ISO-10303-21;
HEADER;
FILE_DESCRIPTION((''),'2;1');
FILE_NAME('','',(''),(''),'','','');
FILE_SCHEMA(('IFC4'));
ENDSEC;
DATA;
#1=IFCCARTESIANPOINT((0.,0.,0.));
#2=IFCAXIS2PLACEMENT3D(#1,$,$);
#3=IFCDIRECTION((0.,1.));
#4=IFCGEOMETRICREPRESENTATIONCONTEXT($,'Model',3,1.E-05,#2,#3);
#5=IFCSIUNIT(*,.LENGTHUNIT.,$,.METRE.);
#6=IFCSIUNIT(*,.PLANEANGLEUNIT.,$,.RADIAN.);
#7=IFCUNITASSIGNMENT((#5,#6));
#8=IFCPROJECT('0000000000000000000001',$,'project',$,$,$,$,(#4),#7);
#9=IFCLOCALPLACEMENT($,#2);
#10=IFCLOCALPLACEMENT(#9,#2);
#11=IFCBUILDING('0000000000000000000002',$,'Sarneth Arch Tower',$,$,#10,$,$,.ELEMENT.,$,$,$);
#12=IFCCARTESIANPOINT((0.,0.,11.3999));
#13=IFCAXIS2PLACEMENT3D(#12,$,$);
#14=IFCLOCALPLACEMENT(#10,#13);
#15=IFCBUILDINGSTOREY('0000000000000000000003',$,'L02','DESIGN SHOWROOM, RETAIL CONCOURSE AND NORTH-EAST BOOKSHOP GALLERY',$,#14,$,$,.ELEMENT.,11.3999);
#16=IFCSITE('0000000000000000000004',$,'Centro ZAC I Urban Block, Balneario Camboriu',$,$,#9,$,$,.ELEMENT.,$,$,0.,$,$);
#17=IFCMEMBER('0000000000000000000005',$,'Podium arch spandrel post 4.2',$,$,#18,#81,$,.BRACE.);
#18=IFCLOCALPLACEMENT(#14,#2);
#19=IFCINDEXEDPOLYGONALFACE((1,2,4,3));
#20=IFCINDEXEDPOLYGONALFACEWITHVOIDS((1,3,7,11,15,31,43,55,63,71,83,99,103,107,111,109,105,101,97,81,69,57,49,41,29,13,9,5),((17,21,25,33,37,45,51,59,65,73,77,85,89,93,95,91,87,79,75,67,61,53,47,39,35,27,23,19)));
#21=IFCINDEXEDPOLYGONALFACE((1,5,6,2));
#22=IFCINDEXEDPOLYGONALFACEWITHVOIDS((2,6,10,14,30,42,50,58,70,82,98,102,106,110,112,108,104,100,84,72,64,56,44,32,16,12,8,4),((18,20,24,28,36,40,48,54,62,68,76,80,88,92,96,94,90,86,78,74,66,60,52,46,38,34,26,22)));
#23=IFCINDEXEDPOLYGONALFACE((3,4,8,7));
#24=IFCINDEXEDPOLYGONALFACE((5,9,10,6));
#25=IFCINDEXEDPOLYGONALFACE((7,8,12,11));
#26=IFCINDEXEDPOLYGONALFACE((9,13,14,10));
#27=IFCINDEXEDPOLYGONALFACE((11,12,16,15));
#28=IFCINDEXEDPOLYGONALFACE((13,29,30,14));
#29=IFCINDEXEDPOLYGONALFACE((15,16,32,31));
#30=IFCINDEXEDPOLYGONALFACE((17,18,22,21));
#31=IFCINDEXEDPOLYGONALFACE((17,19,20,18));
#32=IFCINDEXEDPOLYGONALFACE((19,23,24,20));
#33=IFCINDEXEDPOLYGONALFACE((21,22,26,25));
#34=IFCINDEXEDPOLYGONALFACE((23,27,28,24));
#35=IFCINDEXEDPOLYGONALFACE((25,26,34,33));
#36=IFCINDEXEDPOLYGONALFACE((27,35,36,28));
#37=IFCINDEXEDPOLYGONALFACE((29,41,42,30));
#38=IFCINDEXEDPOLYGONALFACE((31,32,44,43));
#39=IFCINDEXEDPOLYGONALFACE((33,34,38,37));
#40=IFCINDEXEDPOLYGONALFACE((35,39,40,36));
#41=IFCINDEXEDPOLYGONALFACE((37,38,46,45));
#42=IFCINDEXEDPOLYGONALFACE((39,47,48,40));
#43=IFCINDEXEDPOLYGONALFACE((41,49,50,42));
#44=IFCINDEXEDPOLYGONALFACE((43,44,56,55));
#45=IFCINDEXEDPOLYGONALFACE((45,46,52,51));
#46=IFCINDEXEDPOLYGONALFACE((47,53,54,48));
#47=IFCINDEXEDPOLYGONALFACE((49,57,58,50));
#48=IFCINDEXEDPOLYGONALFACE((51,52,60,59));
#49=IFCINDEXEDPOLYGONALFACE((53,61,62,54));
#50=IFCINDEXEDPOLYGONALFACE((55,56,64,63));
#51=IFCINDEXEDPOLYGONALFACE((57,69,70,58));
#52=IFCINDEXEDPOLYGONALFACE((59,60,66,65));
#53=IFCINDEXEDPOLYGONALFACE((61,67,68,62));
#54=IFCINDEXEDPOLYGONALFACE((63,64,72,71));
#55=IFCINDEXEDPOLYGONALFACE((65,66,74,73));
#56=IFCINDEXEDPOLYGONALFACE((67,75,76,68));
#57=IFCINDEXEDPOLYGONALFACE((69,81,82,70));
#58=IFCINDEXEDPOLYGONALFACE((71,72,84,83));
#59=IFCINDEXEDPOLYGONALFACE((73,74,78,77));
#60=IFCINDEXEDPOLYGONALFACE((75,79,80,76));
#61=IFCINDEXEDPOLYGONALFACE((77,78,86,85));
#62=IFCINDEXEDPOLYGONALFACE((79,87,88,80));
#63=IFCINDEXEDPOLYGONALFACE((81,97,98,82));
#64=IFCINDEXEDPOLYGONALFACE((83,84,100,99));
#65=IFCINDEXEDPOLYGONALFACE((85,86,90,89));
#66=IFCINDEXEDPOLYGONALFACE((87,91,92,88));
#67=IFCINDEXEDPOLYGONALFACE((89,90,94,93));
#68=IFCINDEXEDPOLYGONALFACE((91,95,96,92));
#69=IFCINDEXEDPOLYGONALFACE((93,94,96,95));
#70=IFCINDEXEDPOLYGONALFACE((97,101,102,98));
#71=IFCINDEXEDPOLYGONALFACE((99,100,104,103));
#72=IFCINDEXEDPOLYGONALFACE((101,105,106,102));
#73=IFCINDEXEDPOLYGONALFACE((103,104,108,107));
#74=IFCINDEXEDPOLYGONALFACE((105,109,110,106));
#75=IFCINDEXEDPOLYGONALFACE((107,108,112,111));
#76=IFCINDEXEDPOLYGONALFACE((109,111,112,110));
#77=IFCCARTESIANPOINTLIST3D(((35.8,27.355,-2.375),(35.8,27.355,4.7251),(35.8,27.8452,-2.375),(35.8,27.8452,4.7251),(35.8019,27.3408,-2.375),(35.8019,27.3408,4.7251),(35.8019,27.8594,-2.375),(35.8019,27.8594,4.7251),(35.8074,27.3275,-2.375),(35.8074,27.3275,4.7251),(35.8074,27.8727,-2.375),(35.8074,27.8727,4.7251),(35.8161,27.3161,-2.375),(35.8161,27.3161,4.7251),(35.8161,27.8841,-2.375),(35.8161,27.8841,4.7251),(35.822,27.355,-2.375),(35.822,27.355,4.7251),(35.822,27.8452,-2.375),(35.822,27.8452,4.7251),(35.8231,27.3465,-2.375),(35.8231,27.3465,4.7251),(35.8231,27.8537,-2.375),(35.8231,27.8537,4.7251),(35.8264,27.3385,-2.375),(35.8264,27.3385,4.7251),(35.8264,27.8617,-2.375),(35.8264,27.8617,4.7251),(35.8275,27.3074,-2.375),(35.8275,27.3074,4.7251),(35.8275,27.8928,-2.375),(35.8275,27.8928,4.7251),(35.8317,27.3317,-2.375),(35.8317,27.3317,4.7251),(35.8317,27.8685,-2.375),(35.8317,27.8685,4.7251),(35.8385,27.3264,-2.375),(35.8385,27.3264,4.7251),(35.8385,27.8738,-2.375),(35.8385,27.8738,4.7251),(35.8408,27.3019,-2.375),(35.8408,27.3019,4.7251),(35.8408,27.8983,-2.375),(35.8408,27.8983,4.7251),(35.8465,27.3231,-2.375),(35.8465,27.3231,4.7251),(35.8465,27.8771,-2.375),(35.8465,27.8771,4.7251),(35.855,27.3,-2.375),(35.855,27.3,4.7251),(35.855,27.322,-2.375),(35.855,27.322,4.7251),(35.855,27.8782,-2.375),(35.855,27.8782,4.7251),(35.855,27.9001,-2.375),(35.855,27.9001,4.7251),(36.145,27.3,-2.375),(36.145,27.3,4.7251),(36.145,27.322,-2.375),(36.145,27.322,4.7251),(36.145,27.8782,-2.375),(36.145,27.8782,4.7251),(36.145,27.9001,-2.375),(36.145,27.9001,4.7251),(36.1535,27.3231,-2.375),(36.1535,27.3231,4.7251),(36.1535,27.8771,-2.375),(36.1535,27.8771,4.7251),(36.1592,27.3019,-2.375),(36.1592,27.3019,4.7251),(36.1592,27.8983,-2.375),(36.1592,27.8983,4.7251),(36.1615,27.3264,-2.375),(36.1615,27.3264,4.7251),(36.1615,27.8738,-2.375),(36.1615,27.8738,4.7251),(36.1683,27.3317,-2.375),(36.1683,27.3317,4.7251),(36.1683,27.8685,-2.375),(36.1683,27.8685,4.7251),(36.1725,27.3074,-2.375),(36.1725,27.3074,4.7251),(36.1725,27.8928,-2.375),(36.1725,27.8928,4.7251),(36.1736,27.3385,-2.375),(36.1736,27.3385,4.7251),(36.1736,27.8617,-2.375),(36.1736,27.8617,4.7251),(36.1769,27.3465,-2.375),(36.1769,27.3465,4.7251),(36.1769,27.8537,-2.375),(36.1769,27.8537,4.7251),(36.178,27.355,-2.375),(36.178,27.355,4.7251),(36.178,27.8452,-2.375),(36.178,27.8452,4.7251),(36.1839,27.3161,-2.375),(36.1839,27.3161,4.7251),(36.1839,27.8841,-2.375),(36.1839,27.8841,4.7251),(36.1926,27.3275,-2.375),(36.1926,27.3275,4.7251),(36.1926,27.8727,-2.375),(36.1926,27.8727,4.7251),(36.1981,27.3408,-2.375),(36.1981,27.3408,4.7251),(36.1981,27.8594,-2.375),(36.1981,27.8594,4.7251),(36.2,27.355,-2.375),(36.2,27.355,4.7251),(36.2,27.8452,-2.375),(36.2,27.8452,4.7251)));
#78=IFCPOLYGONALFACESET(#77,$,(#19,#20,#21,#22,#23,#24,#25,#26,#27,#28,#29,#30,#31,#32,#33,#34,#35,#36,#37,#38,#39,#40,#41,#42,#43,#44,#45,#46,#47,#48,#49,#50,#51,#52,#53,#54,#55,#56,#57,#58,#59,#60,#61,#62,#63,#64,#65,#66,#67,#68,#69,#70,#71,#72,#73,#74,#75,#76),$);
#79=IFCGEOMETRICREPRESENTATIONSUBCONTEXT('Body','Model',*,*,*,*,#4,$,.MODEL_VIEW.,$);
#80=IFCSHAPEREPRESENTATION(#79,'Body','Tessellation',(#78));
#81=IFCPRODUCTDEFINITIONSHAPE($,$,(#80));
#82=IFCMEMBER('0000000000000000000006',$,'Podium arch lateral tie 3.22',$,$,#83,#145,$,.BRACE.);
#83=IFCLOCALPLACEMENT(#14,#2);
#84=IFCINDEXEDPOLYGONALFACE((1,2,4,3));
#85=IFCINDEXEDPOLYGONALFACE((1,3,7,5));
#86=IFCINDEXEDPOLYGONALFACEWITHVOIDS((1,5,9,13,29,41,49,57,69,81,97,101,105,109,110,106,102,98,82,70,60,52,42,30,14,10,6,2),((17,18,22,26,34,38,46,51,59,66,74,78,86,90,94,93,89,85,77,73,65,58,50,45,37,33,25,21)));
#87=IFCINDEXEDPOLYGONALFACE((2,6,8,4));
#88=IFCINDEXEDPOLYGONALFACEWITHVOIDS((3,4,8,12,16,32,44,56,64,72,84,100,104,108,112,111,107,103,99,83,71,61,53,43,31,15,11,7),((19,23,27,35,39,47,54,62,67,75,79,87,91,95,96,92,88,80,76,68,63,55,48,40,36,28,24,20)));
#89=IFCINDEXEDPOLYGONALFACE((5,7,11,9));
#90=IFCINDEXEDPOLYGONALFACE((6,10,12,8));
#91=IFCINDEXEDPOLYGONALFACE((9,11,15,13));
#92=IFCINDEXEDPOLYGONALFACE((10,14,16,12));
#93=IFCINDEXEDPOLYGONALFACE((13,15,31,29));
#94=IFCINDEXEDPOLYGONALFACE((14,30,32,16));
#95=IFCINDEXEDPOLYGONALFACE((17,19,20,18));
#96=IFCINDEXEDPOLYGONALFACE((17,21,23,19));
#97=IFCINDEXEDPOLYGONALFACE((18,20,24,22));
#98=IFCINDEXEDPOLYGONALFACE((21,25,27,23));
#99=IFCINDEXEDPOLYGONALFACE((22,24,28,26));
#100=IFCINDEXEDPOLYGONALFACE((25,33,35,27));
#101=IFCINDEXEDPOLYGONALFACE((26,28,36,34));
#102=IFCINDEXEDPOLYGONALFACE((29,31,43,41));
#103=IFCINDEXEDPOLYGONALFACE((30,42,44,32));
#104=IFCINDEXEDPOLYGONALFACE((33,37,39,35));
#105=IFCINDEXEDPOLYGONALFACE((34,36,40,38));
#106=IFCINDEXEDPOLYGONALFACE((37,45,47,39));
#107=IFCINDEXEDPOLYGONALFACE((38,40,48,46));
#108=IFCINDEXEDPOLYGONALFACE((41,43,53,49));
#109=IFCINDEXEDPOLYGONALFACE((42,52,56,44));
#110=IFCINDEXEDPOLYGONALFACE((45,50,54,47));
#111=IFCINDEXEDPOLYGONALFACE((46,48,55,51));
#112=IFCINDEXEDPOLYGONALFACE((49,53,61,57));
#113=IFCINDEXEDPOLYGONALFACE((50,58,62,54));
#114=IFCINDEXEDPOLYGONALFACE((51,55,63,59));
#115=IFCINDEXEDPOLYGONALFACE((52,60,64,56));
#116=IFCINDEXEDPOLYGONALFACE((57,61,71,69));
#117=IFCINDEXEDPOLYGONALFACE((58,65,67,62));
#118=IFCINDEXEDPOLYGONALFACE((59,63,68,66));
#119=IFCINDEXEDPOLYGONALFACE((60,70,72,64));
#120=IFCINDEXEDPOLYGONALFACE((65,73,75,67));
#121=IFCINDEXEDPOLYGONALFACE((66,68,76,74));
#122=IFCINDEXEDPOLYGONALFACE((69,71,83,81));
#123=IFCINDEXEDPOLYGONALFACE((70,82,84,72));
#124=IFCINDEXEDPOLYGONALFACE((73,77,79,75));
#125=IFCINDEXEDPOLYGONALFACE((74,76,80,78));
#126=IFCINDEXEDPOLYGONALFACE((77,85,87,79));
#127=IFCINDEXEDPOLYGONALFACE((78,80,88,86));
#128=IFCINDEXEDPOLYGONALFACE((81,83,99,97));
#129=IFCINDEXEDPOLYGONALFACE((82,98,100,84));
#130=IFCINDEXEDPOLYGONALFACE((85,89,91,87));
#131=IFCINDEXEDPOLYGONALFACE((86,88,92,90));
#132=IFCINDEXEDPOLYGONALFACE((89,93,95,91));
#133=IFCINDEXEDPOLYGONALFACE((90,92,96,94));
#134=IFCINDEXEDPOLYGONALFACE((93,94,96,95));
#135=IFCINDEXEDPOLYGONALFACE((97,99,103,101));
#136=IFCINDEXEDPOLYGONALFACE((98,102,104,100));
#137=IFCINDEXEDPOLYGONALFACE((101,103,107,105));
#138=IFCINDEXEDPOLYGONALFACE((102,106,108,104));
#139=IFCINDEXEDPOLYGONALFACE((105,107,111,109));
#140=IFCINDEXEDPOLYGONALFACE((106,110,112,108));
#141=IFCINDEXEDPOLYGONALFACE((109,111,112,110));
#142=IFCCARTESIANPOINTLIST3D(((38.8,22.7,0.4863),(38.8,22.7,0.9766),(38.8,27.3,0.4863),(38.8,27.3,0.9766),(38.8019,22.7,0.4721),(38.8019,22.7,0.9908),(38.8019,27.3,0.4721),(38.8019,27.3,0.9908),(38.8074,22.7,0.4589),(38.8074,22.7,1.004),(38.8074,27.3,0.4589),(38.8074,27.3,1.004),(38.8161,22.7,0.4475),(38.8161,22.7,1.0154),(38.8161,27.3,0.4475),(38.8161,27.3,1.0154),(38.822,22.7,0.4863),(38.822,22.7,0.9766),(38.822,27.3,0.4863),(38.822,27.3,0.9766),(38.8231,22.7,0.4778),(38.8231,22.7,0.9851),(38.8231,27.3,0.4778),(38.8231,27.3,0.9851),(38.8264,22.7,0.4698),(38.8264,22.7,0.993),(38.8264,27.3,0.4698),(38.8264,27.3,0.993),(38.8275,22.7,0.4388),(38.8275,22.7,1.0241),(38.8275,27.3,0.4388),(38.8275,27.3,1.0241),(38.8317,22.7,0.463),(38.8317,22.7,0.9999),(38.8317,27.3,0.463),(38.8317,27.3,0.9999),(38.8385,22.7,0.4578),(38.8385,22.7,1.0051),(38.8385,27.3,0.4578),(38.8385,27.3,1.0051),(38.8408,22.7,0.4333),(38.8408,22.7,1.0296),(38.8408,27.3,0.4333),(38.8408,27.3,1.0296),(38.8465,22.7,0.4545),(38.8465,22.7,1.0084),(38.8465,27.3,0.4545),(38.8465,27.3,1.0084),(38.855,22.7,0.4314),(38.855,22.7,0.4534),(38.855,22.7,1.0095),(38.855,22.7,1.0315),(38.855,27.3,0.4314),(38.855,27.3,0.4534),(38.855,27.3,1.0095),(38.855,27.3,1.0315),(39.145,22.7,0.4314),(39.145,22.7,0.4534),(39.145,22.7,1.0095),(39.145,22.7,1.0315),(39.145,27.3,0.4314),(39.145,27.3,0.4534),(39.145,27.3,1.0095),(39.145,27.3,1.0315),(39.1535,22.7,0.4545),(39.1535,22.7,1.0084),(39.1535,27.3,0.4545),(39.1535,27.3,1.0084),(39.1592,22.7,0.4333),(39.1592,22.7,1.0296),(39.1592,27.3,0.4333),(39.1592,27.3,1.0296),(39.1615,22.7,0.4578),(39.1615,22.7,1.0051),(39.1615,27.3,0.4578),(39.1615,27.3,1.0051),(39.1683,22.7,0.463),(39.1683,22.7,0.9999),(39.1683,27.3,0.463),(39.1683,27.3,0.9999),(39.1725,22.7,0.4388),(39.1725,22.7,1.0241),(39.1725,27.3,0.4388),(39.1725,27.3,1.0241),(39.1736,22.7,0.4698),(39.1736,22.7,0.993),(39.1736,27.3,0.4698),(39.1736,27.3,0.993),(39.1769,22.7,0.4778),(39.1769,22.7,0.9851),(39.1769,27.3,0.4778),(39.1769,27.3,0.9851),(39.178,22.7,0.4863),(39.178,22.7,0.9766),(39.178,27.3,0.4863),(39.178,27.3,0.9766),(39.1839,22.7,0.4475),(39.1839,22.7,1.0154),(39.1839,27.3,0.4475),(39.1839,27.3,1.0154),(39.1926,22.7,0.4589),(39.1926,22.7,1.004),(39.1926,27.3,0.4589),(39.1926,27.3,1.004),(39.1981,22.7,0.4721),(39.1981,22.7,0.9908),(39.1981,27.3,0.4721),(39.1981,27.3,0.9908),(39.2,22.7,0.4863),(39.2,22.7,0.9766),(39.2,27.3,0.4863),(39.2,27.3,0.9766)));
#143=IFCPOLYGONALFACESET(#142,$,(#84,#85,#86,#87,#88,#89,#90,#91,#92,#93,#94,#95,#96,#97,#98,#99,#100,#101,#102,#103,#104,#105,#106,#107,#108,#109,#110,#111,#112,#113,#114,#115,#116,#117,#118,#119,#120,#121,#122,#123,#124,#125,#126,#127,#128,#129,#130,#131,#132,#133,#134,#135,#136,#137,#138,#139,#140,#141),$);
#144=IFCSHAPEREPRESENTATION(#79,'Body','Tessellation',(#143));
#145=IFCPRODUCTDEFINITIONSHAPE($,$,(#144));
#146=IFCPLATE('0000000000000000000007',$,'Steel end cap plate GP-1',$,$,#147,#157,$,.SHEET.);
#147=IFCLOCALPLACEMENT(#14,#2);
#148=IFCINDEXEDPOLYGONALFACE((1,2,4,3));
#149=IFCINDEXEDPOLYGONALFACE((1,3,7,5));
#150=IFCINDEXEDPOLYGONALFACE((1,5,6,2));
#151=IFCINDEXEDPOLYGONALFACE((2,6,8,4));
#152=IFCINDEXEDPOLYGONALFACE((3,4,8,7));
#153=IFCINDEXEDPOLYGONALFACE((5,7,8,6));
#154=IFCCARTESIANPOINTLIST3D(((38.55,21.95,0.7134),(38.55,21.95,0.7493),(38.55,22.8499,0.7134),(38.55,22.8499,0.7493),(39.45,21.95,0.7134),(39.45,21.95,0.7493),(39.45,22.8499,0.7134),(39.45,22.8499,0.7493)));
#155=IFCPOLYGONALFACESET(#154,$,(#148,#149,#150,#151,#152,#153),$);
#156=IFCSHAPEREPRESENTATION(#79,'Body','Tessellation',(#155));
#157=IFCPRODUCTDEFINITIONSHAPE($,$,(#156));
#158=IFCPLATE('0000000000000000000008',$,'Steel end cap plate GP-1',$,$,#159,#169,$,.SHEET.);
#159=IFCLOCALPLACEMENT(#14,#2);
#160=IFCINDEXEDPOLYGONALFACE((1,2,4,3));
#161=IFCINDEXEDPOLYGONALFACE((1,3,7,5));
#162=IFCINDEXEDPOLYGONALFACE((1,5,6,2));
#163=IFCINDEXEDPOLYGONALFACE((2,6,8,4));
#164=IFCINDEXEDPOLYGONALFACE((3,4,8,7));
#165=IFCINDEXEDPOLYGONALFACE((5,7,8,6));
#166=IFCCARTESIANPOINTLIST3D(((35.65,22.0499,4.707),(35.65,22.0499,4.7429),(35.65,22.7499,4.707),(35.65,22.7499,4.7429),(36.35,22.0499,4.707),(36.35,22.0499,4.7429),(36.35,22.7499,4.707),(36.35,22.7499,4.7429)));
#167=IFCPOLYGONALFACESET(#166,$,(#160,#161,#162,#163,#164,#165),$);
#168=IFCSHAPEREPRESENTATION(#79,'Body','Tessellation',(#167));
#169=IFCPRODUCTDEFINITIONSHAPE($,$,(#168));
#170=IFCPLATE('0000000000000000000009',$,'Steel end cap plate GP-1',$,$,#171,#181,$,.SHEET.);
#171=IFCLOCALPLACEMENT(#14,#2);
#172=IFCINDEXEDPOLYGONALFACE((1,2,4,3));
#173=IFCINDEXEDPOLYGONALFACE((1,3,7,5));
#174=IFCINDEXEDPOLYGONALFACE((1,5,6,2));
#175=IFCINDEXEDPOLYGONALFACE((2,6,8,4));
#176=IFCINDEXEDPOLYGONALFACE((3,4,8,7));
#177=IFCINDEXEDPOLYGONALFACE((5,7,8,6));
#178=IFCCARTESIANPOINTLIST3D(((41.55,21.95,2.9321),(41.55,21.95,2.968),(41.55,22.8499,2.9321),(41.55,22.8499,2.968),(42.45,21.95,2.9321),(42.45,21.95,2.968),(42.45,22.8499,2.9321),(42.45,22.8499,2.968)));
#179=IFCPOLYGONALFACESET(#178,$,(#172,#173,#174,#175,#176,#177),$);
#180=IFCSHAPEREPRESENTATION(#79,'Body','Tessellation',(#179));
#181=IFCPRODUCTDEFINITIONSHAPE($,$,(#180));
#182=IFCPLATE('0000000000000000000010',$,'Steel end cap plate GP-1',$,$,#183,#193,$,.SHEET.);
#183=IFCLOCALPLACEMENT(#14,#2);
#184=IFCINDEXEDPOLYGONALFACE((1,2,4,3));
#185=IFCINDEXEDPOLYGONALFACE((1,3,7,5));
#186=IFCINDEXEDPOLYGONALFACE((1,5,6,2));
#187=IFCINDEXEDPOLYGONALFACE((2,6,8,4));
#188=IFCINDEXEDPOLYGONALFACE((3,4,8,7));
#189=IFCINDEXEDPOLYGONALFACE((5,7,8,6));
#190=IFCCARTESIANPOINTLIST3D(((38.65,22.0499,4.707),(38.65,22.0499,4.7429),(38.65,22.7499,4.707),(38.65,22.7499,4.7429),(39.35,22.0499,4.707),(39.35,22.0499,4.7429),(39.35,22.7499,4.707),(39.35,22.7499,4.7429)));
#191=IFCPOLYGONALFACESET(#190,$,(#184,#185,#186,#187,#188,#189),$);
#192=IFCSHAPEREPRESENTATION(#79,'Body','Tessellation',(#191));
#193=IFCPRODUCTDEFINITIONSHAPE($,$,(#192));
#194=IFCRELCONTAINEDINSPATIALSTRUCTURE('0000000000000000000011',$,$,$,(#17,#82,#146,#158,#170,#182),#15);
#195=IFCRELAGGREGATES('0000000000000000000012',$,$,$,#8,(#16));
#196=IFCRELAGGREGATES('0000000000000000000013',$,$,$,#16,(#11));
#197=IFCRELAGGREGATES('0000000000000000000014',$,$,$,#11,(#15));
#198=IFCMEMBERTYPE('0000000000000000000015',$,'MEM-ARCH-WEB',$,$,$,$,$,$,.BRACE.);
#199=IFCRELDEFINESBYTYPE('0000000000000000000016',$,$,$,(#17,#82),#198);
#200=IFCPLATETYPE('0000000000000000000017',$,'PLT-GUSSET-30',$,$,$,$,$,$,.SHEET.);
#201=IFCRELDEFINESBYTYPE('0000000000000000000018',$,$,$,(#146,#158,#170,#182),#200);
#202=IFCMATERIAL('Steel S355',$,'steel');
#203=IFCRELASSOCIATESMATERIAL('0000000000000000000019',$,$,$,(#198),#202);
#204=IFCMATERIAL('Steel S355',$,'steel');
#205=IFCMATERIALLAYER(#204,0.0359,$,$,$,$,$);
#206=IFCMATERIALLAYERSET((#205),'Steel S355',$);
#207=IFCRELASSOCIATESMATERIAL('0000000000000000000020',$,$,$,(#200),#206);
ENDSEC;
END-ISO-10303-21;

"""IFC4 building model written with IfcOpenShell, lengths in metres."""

from ifc_helpers import new_model, si_unit, direction, frame, origin, origin_2d, place, context, subcontext, project, spatial, rectangle, hollow_rectangle, extrude, material, layer, layer_set, material_profile, profile_set, type_object, element, save


model = new_model("IFC4")

# Units and contexts
model_context = context("Model", 3, precision=1e-05, world=origin(), true_north=direction((0.0, 1.0)))
body_context = subcontext(model_context, "Body", "Model", "MODEL_VIEW")
ifc_project = project(units=[si_unit("LENGTHUNIT", "METRE"), si_unit("PLANEANGLEUNIT", "RADIAN")], contexts=[model_context])

# Site, building, storey
site_placement = place(None, origin())
site = spatial("IfcSite", under=ifc_project, at=site_placement, Name="Centro ZAC I Urban Block, Balneario Camboriu", CompositionType="ELEMENT", RefElevation=0.0)
building_placement = place(site_placement, origin())
building = spatial("IfcBuilding", under=site, at=building_placement, Name="Sarneth Arch Tower", CompositionType="ELEMENT")
storey_placement = place(building_placement, frame((0.0, 0.0, 11.3999)))
storey = spatial("IfcBuildingStorey", under=building, at=storey_placement, Name="L02", Description="DESIGN SHOWROOM, RETAIL CONCOURSE AND NORTH-EAST BOOKSHOP GALLERY", CompositionType="ELEMENT", Elevation=11.3999)

# Members
ifc_material_1 = material(Name="Steel S355", Category="steel")
ifc_material_profile_1 = material_profile(ifc_material_1, hollow_rectangle(XDim=0.3999, YDim=0.6001, WallThickness=0.022, InnerFilletRadius=0.033, OuterFilletRadius=0.0549, at=origin_2d()), Name="RHS600x400x22")
ifc_profile_set_1 = profile_set([ifc_material_profile_1], Name="Steel S355")
member_type_1 = type_object("IfcMemberType", Name="MEM-ARCH-WEB", PredefinedType="BRACE", material=ifc_profile_set_1)
member_1_placement = place(storey_placement, frame((36.0, 27.6001, -2.375), z_axis=(0.0, 0.0, 1.0), x_axis=(1.0, 0.0, 0.0)))
element("IfcMember", 1, at=member_1_placement, inside=storey, type_object=member_type_1, Name="Podium arch spandrel post 4.2", PredefinedType="BRACE", context=body_context, shape_type="SweptSolid", body=[
    extrude(hollow_rectangle(XDim=0.3999, YDim=0.6001, WallThickness=0.022, InnerFilletRadius=0.033, OuterFilletRadius=0.0549, at=origin_2d()), origin(), (0.0, 0.0, 1.0), 7.1001),
])
member_2_placement = place(storey_placement, frame((39.0, 22.7, 0.7314), z_axis=(0.0, 1.0, 0.0), x_axis=(-1.0, 0.0, 0.0)))
element("IfcMember", 2, at=member_2_placement, inside=storey, type_object=member_type_1, Name="Podium arch lateral tie 3.22", PredefinedType="BRACE", context=body_context, shape_type="SweptSolid", body=[
    extrude(hollow_rectangle(XDim=0.3999, YDim=0.6001, WallThickness=0.022, InnerFilletRadius=0.033, OuterFilletRadius=0.0549, at=origin_2d()), origin(), (0.0, 0.0, 1.0), 4.6001),
])

# Plates
ifc_material_2 = material(Name="Steel S355", Category="steel")
ifc_layer = layer(ifc_material_2, 0.0359)
ifc_layer_set = layer_set([ifc_layer], Name="Steel S355")
plate_type = type_object("IfcPlateType", Name="PLT-GUSSET-30", PredefinedType="SHEET", material=ifc_layer_set)
plate_1_placement = place(storey_placement, frame((39.0, 22.3999, 0.7134), z_axis=(0.0, 0.0, 1.0), x_axis=(-1.0, 0.0, 0.0)))
element("IfcPlate", 3, at=plate_1_placement, inside=storey, type_object=plate_type, Name="Steel end cap plate GP-1", PredefinedType="SHEET", context=body_context, shape_type="SweptSolid", body=[
    extrude(rectangle(XDim=0.8999, YDim=0.8999, at=origin_2d()), origin(), (0.0, 0.0, 1.0), 0.0359),
])
plate_2_placement = place(storey_placement, frame((36.0, 22.3999, 4.707), z_axis=(0.0, 0.0, 1.0), x_axis=(1.0, 0.0, 0.0)))
element("IfcPlate", 4, at=plate_2_placement, inside=storey, type_object=plate_type, Name="Steel end cap plate GP-1", PredefinedType="SHEET", context=body_context, shape_type="SweptSolid", body=[
    extrude(rectangle(XDim=0.7, YDim=0.7, at=origin_2d()), origin(), (0.0, 0.0, 1.0), 0.0359),
])
plate_3_placement = place(storey_placement, frame((42.0, 22.3999, 2.9321), z_axis=(0.0, 0.0, 1.0), x_axis=(-1.0, 0.0, 0.0)))
element("IfcPlate", 5, at=plate_3_placement, inside=storey, type_object=plate_type, Name="Steel end cap plate GP-1", PredefinedType="SHEET", context=body_context, shape_type="SweptSolid", body=[
    extrude(rectangle(XDim=0.8999, YDim=0.8999, at=origin_2d()), origin(), (0.0, 0.0, 1.0), 0.0359),
])
plate_4_placement = place(storey_placement, frame((39.0, 22.3999, 4.707), z_axis=(0.0, 0.0, 1.0), x_axis=(1.0, 0.0, 0.0)))
element("IfcPlate", 6, at=plate_4_placement, inside=storey, type_object=plate_type, Name="Steel end cap plate GP-1", PredefinedType="SHEET", context=body_context, shape_type="SweptSolid", body=[
    extrude(rectangle(XDim=0.7, YDim=0.7, at=origin_2d()), origin(), (0.0, 0.0, 1.0), 0.0359),
])

save(model, "model.ifc")
